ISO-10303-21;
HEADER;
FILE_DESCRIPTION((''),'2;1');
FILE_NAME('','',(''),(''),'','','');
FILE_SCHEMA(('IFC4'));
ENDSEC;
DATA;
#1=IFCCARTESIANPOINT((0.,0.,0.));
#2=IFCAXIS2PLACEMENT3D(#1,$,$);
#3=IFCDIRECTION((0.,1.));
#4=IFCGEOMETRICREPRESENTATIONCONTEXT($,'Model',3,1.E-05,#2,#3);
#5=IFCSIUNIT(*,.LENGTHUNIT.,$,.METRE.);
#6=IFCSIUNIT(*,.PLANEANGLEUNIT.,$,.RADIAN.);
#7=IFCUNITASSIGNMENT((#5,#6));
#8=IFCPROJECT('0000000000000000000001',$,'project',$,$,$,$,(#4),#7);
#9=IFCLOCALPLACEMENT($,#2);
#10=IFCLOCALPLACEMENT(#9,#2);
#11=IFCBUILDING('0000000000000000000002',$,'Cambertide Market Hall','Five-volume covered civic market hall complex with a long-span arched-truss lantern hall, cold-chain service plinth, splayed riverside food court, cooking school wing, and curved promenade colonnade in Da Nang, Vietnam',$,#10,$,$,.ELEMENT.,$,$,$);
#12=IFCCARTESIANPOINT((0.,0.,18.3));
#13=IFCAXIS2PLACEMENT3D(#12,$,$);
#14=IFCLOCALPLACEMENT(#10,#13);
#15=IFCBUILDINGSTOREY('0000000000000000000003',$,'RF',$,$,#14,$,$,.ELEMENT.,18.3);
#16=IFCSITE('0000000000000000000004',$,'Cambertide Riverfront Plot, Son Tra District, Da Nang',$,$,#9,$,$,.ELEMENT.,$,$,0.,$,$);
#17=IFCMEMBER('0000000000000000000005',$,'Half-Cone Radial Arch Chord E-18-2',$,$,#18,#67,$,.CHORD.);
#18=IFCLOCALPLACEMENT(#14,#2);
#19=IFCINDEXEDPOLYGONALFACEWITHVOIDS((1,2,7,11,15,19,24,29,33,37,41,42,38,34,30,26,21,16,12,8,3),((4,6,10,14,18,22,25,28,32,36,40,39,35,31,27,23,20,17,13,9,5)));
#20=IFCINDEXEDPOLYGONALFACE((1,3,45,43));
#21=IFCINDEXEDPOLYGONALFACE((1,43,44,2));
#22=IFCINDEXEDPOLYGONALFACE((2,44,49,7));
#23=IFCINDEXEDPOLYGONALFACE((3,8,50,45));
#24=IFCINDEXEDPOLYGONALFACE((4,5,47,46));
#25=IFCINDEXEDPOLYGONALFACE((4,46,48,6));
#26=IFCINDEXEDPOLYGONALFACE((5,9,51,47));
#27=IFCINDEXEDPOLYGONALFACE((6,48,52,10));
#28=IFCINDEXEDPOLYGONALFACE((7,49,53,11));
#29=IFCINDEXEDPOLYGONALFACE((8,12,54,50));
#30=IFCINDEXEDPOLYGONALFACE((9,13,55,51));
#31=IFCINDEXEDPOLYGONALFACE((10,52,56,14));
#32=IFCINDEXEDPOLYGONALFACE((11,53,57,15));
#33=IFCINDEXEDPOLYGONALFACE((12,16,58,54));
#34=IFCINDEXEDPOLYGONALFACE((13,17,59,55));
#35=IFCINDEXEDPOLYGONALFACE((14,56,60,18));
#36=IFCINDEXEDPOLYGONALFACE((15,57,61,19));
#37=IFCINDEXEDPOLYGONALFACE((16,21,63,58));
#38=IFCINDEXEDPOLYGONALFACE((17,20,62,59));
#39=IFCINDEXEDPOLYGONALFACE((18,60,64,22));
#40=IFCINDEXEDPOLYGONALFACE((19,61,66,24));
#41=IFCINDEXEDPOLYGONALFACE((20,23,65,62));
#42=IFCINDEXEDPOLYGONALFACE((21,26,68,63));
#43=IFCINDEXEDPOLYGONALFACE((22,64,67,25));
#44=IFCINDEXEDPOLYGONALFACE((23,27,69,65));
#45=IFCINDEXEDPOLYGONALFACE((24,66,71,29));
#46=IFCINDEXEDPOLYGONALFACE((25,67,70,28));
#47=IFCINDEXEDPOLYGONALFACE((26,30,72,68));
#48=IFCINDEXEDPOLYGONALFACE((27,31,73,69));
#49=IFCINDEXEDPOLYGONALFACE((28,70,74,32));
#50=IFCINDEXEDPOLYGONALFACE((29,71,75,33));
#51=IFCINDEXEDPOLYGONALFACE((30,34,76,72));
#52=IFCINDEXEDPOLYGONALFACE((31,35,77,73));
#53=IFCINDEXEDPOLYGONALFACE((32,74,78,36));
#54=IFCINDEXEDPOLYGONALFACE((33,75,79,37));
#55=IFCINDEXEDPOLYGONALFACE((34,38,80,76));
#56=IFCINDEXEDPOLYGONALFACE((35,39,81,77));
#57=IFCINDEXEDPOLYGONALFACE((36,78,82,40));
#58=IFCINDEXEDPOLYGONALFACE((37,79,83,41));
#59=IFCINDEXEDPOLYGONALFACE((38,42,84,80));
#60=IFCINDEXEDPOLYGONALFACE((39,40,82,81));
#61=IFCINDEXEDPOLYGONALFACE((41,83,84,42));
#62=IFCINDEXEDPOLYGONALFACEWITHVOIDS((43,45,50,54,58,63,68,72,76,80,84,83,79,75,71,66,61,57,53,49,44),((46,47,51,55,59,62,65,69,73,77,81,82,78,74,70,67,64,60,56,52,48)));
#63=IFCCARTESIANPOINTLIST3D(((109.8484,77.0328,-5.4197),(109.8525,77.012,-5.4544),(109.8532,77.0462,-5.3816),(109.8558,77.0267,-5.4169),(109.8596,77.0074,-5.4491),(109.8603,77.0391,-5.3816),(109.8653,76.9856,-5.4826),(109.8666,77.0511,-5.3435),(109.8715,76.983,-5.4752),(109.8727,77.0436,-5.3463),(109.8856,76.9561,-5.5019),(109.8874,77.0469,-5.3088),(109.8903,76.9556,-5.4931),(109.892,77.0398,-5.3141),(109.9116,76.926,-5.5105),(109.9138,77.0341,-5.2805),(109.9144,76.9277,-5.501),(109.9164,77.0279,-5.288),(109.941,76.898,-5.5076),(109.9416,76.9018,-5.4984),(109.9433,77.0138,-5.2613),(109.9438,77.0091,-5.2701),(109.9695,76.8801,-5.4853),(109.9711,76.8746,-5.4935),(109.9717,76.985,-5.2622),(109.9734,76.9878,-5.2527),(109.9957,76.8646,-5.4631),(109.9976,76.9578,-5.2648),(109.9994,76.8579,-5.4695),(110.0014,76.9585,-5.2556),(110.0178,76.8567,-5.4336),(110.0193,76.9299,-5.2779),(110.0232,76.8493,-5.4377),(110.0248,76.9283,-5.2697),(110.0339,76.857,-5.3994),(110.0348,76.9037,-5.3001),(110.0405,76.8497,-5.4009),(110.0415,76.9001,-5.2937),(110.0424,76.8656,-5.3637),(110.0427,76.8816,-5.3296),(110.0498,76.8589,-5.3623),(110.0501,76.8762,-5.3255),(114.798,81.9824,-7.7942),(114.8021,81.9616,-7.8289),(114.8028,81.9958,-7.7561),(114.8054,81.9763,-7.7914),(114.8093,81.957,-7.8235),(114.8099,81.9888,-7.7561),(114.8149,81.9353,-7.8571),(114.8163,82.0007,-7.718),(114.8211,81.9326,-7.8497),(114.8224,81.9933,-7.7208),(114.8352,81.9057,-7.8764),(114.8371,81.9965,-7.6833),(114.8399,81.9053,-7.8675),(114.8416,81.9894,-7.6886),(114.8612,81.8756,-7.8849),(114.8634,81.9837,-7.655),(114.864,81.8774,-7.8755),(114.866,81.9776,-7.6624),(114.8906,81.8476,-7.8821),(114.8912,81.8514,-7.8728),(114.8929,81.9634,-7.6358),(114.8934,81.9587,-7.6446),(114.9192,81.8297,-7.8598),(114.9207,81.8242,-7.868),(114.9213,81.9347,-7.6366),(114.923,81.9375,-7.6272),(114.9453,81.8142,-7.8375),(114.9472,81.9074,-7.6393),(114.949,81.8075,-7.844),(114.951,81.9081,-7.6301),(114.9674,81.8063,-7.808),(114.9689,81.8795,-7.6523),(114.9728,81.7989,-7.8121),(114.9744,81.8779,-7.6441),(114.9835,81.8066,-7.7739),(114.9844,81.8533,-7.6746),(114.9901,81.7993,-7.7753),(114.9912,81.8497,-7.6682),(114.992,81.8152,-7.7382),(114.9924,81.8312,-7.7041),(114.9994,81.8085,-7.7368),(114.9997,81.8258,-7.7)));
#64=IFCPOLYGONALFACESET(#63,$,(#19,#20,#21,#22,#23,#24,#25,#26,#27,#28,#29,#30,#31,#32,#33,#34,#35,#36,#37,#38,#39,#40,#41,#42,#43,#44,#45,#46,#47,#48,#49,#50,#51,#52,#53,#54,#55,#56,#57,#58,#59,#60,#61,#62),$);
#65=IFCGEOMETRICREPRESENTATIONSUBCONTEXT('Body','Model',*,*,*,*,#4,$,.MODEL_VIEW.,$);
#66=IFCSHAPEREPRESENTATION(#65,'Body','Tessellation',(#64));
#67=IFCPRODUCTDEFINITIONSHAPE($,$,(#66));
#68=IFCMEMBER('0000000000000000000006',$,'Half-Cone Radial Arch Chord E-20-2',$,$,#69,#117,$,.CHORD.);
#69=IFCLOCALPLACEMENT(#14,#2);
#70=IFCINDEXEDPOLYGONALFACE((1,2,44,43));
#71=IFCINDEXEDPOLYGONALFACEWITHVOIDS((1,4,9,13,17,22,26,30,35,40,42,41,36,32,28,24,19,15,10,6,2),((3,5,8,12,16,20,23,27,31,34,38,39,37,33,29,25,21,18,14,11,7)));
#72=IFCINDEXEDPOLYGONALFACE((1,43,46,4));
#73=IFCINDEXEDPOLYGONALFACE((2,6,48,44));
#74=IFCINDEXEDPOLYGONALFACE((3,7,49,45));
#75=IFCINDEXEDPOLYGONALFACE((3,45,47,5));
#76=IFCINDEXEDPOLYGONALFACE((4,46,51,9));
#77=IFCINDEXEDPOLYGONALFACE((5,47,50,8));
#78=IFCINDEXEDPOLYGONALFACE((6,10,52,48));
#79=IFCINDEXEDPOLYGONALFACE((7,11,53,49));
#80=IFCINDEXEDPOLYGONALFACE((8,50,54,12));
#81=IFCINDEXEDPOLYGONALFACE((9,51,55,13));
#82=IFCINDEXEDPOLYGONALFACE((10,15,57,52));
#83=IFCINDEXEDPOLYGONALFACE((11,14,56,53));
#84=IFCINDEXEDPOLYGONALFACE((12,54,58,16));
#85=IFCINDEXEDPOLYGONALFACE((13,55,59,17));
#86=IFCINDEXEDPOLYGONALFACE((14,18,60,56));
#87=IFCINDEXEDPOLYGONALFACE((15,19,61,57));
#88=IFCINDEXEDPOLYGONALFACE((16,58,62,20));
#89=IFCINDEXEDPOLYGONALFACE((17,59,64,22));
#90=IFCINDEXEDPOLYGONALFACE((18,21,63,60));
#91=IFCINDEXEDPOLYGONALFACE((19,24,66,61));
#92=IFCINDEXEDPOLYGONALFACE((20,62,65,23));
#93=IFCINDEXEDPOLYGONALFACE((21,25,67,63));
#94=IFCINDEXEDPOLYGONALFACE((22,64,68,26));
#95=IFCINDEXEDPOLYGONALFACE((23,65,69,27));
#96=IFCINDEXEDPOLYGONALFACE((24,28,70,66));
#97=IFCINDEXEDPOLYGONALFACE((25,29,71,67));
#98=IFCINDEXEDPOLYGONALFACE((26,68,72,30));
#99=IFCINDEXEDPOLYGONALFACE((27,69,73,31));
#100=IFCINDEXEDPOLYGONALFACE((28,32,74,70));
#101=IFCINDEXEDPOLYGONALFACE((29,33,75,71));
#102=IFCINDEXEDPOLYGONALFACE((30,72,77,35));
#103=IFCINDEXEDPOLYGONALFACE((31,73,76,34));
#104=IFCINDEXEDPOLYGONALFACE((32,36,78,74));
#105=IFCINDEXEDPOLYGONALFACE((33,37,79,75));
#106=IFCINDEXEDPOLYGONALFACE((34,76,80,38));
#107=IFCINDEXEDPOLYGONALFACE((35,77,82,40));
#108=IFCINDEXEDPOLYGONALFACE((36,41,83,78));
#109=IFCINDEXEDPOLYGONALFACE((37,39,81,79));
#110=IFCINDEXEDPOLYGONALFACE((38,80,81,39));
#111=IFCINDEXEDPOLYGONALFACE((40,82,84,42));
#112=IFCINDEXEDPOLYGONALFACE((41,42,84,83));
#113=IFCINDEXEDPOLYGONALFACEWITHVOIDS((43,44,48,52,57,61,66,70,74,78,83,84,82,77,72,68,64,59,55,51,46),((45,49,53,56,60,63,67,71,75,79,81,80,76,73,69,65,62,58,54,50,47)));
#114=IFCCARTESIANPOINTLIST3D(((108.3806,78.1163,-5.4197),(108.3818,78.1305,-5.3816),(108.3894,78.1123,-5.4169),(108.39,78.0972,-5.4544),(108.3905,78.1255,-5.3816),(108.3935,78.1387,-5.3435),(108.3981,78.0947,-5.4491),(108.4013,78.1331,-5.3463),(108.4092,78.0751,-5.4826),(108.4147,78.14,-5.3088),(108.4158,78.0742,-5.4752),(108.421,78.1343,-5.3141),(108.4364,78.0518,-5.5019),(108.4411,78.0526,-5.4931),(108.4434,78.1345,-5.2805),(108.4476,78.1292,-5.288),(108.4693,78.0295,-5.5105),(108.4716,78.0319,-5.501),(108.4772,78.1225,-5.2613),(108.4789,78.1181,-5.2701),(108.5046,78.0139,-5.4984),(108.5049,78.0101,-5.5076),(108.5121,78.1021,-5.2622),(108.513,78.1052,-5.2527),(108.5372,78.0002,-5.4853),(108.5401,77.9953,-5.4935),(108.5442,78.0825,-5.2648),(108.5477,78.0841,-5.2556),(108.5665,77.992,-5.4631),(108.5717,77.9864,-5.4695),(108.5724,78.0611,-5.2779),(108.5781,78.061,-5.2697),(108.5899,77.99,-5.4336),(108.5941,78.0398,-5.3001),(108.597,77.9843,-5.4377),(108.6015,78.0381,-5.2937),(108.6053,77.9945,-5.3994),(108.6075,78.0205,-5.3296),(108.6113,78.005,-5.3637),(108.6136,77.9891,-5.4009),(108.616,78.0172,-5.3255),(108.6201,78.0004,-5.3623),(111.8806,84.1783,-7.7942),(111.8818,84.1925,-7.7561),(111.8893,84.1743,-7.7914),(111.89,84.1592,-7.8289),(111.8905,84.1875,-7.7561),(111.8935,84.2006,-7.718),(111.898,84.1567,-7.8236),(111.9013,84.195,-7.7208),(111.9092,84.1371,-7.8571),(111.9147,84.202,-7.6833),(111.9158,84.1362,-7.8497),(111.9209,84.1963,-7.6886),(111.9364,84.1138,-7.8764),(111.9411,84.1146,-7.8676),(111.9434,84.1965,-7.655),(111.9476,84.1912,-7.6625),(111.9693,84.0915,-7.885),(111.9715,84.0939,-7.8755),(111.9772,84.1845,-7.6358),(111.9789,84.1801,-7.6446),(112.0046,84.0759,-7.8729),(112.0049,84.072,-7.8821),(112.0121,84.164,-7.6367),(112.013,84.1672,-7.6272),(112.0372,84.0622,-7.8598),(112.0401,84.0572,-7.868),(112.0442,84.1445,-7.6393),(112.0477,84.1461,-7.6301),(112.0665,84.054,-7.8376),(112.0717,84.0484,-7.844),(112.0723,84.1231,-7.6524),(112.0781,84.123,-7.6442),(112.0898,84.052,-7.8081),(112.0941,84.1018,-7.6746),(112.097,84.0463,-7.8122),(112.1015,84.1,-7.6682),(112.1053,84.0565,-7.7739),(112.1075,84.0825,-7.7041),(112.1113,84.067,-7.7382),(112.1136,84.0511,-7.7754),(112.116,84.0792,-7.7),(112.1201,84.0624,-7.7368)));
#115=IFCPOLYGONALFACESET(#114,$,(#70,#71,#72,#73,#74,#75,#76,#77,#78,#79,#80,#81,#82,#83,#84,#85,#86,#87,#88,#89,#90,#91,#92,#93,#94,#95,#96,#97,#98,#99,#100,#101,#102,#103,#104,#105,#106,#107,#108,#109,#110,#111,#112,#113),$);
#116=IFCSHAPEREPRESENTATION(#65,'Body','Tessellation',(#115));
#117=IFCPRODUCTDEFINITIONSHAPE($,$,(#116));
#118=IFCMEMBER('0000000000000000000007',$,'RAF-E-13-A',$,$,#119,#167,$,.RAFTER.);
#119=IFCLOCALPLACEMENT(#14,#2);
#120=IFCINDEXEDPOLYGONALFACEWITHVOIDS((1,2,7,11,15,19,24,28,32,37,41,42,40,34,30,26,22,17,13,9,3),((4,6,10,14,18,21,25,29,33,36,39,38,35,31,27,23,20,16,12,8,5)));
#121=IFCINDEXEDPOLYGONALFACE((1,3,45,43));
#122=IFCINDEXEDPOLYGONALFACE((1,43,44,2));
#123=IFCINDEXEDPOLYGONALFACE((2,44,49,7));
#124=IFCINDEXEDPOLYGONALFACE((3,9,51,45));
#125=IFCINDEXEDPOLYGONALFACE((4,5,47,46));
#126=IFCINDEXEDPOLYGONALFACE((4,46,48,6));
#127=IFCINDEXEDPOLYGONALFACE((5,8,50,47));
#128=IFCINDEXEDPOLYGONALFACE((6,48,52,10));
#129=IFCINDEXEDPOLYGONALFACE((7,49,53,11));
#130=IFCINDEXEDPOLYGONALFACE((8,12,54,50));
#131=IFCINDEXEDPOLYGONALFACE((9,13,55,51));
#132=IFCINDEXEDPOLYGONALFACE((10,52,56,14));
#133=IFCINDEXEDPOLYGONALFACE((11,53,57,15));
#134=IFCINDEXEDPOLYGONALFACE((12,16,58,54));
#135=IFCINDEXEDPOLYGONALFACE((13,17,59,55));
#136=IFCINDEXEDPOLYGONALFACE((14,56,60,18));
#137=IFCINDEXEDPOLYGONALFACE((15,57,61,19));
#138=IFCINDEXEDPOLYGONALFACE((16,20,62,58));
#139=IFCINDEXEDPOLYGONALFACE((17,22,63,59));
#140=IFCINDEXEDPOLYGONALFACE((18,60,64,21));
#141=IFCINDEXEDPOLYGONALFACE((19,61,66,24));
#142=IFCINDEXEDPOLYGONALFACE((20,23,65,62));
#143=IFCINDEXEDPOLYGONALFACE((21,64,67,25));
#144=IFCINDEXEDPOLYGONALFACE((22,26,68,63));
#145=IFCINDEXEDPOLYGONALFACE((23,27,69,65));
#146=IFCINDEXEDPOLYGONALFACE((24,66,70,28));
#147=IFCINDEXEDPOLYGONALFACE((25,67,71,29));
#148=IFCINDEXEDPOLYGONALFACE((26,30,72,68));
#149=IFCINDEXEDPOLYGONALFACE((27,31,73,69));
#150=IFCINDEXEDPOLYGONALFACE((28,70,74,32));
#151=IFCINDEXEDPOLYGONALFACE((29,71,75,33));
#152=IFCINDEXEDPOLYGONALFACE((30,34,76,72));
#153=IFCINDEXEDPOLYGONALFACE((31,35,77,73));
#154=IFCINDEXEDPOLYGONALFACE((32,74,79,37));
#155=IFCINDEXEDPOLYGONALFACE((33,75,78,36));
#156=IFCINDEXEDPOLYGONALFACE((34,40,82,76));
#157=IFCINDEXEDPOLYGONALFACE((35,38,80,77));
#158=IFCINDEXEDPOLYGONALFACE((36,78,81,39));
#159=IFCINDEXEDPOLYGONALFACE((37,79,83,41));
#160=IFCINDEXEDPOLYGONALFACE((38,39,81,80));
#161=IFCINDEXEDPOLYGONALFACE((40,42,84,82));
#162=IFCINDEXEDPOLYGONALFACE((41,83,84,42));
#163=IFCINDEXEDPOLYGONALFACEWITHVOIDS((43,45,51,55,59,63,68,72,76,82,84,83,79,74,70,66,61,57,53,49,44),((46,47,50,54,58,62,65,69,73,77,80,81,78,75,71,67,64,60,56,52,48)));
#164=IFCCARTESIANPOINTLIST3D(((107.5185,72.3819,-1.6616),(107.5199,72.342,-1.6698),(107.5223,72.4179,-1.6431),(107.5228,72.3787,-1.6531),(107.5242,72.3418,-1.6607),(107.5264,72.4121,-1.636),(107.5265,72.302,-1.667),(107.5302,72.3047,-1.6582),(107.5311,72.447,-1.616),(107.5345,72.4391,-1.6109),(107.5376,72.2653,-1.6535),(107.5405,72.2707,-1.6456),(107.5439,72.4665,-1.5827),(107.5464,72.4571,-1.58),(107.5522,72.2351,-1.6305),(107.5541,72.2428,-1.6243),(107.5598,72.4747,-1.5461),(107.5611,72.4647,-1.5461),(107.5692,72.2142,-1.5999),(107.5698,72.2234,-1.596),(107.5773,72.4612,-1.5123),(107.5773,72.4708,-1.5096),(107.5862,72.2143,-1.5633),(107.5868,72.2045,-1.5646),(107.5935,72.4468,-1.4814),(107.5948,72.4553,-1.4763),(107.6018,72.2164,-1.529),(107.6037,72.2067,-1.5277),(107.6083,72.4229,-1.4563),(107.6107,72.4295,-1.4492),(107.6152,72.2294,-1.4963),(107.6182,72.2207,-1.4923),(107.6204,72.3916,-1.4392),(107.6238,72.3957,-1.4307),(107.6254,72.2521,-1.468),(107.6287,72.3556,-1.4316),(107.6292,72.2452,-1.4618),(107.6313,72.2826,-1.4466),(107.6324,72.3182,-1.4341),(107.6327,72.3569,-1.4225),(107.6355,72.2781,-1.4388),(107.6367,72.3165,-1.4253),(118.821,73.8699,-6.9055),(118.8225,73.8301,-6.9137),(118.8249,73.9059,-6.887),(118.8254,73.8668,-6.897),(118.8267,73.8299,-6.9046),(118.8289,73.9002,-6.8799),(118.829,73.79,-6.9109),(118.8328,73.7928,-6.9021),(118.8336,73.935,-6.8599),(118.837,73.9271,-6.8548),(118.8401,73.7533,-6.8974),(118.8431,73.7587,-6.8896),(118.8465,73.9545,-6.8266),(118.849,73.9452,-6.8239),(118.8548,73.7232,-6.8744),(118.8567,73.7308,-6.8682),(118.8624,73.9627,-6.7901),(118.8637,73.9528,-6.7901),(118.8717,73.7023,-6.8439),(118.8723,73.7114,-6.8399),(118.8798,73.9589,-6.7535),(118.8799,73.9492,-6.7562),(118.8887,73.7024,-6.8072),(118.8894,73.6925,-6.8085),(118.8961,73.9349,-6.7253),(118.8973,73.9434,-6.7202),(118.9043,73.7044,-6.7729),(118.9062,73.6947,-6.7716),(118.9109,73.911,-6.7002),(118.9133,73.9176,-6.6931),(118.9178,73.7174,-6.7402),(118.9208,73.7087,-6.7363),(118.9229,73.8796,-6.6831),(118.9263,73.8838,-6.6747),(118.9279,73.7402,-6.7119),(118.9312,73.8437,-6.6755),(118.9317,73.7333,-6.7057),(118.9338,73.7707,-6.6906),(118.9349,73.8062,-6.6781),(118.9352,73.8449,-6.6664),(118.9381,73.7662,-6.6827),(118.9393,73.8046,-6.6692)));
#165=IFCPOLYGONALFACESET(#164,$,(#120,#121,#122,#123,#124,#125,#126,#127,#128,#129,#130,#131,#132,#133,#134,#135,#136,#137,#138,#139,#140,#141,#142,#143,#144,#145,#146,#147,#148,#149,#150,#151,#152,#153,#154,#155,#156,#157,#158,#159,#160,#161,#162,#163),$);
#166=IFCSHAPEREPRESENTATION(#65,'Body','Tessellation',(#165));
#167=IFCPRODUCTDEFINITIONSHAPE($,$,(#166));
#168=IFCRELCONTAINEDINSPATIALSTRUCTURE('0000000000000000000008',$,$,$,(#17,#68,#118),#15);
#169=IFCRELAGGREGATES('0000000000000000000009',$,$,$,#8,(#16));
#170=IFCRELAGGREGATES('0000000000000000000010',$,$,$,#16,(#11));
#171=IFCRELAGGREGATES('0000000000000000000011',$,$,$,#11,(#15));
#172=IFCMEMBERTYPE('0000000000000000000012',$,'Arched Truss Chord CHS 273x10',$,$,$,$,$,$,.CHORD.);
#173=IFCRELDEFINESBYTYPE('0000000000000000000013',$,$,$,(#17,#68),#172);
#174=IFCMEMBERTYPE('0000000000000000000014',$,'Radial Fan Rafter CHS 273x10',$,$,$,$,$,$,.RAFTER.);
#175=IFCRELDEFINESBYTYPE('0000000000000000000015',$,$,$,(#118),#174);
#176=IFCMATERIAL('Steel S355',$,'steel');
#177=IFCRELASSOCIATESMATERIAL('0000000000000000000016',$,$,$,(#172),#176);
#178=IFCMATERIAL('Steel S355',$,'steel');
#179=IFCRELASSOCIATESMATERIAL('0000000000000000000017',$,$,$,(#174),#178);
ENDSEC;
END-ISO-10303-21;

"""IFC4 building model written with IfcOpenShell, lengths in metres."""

from ifc_helpers import new_model, si_unit, direction, frame, origin, origin_2d, place, context, subcontext, project, spatial, hollow_circle, extrude, material, material_profile, profile_set, type_object, element, save


model = new_model("IFC4")

# Units and contexts
model_context = context("Model", 3, precision=1e-05, world=origin(), true_north=direction((0.0, 1.0)))
body_context = subcontext(model_context, "Body", "Model", "MODEL_VIEW")
ifc_project = project(units=[si_unit("LENGTHUNIT", "METRE"), si_unit("PLANEANGLEUNIT", "RADIAN")], contexts=[model_context])

# Site, building, storey
site_placement = place(None, origin())
site = spatial("IfcSite", under=ifc_project, at=site_placement, Name="Cambertide Riverfront Plot, Son Tra District, Da Nang", CompositionType="ELEMENT", RefElevation=0.0)
building_placement = place(site_placement, origin())
building = spatial("IfcBuilding", under=site, at=building_placement, Name="Cambertide Market Hall", Description="Five-volume covered civic market hall complex with a long-span arched-truss lantern hall, cold-chain service plinth, splayed riverside food court, cooking school wing, and curved promenade colonnade in Da Nang, Vietnam", CompositionType="ELEMENT")
storey_placement = place(building_placement, frame((0.0, 0.0, 18.3)))
storey = spatial("IfcBuildingStorey", under=building, at=storey_placement, Name="RF", CompositionType="ELEMENT", Elevation=18.3)

# Members
ifc_material_1 = material(Name="Steel S355", Category="steel")
ifc_material_profile_1 = material_profile(ifc_material_1, hollow_circle(Radius=0.1365, WallThickness=0.01, at=origin_2d()), Name="CHS 273x10")
ifc_profile_set_1 = profile_set([ifc_material_profile_1], Name="Steel S355")
member_type_1 = type_object("IfcMemberType", Name="Arched Truss Chord CHS 273x10", PredefinedType="CHORD", material=ifc_profile_set_1)
for number, where, z_axis, x_axis, name in (
    (1, (109.9497, 76.9497, -5.3816), (0.669629, 0.669629, -0.321239), (-0.707107, 0.707107, 0.0), "Half-Cone Radial Arch Chord E-18-2"),
    (2, (108.5, 78.0623, -5.3816), (0.473508, 0.820118, -0.321243), (-0.866019, 0.50001, 0.0), "Half-Cone Radial Arch Chord E-20-2"),
):
    element("IfcMember", number, at=place(storey_placement, frame(where, z_axis=z_axis, x_axis=x_axis)), inside=storey, type_object=member_type_1, Name=name, PredefinedType="CHORD", context=body_context, shape_type="SweptSolid", body=[
        extrude(hollow_circle(Radius=0.1365, WallThickness=0.01, at=origin_2d()), origin(), (0.0, 0.0, 1.0), 7.3916),
    ])
ifc_material_2 = material(Name="Steel S355", Category="steel")
ifc_material_profile_2 = material_profile(ifc_material_2, hollow_circle(Radius=0.1365, WallThickness=0.01, at=origin_2d()), Name="CHS 273x10")
ifc_profile_set_2 = profile_set([ifc_material_profile_2], Name="Steel S355")
member_type_2 = type_object("IfcMemberType", Name="Radial Fan Rafter CHS 273x10", PredefinedType="RAFTER", material=ifc_profile_set_2)
for number, where, z_axis, x_axis, name in (
    (3, (107.5776, 72.3394, -1.5461), (0.900721, 0.118585, -0.417898), (-0.130529, 0.991444, 0.0), "RAF-E-13-A"),
):
    element("IfcMember", number, at=place(storey_placement, frame(where, z_axis=z_axis, x_axis=x_axis)), inside=storey, type_object=member_type_2, Name=name, PredefinedType="RAFTER", context=body_context, shape_type="SweptSolid", body=[
        extrude(hollow_circle(Radius=0.1365, WallThickness=0.01, at=origin_2d()), origin(), (0.0, 0.0, 1.0), 12.5483),
    ])

save(model, "model.ifc")
